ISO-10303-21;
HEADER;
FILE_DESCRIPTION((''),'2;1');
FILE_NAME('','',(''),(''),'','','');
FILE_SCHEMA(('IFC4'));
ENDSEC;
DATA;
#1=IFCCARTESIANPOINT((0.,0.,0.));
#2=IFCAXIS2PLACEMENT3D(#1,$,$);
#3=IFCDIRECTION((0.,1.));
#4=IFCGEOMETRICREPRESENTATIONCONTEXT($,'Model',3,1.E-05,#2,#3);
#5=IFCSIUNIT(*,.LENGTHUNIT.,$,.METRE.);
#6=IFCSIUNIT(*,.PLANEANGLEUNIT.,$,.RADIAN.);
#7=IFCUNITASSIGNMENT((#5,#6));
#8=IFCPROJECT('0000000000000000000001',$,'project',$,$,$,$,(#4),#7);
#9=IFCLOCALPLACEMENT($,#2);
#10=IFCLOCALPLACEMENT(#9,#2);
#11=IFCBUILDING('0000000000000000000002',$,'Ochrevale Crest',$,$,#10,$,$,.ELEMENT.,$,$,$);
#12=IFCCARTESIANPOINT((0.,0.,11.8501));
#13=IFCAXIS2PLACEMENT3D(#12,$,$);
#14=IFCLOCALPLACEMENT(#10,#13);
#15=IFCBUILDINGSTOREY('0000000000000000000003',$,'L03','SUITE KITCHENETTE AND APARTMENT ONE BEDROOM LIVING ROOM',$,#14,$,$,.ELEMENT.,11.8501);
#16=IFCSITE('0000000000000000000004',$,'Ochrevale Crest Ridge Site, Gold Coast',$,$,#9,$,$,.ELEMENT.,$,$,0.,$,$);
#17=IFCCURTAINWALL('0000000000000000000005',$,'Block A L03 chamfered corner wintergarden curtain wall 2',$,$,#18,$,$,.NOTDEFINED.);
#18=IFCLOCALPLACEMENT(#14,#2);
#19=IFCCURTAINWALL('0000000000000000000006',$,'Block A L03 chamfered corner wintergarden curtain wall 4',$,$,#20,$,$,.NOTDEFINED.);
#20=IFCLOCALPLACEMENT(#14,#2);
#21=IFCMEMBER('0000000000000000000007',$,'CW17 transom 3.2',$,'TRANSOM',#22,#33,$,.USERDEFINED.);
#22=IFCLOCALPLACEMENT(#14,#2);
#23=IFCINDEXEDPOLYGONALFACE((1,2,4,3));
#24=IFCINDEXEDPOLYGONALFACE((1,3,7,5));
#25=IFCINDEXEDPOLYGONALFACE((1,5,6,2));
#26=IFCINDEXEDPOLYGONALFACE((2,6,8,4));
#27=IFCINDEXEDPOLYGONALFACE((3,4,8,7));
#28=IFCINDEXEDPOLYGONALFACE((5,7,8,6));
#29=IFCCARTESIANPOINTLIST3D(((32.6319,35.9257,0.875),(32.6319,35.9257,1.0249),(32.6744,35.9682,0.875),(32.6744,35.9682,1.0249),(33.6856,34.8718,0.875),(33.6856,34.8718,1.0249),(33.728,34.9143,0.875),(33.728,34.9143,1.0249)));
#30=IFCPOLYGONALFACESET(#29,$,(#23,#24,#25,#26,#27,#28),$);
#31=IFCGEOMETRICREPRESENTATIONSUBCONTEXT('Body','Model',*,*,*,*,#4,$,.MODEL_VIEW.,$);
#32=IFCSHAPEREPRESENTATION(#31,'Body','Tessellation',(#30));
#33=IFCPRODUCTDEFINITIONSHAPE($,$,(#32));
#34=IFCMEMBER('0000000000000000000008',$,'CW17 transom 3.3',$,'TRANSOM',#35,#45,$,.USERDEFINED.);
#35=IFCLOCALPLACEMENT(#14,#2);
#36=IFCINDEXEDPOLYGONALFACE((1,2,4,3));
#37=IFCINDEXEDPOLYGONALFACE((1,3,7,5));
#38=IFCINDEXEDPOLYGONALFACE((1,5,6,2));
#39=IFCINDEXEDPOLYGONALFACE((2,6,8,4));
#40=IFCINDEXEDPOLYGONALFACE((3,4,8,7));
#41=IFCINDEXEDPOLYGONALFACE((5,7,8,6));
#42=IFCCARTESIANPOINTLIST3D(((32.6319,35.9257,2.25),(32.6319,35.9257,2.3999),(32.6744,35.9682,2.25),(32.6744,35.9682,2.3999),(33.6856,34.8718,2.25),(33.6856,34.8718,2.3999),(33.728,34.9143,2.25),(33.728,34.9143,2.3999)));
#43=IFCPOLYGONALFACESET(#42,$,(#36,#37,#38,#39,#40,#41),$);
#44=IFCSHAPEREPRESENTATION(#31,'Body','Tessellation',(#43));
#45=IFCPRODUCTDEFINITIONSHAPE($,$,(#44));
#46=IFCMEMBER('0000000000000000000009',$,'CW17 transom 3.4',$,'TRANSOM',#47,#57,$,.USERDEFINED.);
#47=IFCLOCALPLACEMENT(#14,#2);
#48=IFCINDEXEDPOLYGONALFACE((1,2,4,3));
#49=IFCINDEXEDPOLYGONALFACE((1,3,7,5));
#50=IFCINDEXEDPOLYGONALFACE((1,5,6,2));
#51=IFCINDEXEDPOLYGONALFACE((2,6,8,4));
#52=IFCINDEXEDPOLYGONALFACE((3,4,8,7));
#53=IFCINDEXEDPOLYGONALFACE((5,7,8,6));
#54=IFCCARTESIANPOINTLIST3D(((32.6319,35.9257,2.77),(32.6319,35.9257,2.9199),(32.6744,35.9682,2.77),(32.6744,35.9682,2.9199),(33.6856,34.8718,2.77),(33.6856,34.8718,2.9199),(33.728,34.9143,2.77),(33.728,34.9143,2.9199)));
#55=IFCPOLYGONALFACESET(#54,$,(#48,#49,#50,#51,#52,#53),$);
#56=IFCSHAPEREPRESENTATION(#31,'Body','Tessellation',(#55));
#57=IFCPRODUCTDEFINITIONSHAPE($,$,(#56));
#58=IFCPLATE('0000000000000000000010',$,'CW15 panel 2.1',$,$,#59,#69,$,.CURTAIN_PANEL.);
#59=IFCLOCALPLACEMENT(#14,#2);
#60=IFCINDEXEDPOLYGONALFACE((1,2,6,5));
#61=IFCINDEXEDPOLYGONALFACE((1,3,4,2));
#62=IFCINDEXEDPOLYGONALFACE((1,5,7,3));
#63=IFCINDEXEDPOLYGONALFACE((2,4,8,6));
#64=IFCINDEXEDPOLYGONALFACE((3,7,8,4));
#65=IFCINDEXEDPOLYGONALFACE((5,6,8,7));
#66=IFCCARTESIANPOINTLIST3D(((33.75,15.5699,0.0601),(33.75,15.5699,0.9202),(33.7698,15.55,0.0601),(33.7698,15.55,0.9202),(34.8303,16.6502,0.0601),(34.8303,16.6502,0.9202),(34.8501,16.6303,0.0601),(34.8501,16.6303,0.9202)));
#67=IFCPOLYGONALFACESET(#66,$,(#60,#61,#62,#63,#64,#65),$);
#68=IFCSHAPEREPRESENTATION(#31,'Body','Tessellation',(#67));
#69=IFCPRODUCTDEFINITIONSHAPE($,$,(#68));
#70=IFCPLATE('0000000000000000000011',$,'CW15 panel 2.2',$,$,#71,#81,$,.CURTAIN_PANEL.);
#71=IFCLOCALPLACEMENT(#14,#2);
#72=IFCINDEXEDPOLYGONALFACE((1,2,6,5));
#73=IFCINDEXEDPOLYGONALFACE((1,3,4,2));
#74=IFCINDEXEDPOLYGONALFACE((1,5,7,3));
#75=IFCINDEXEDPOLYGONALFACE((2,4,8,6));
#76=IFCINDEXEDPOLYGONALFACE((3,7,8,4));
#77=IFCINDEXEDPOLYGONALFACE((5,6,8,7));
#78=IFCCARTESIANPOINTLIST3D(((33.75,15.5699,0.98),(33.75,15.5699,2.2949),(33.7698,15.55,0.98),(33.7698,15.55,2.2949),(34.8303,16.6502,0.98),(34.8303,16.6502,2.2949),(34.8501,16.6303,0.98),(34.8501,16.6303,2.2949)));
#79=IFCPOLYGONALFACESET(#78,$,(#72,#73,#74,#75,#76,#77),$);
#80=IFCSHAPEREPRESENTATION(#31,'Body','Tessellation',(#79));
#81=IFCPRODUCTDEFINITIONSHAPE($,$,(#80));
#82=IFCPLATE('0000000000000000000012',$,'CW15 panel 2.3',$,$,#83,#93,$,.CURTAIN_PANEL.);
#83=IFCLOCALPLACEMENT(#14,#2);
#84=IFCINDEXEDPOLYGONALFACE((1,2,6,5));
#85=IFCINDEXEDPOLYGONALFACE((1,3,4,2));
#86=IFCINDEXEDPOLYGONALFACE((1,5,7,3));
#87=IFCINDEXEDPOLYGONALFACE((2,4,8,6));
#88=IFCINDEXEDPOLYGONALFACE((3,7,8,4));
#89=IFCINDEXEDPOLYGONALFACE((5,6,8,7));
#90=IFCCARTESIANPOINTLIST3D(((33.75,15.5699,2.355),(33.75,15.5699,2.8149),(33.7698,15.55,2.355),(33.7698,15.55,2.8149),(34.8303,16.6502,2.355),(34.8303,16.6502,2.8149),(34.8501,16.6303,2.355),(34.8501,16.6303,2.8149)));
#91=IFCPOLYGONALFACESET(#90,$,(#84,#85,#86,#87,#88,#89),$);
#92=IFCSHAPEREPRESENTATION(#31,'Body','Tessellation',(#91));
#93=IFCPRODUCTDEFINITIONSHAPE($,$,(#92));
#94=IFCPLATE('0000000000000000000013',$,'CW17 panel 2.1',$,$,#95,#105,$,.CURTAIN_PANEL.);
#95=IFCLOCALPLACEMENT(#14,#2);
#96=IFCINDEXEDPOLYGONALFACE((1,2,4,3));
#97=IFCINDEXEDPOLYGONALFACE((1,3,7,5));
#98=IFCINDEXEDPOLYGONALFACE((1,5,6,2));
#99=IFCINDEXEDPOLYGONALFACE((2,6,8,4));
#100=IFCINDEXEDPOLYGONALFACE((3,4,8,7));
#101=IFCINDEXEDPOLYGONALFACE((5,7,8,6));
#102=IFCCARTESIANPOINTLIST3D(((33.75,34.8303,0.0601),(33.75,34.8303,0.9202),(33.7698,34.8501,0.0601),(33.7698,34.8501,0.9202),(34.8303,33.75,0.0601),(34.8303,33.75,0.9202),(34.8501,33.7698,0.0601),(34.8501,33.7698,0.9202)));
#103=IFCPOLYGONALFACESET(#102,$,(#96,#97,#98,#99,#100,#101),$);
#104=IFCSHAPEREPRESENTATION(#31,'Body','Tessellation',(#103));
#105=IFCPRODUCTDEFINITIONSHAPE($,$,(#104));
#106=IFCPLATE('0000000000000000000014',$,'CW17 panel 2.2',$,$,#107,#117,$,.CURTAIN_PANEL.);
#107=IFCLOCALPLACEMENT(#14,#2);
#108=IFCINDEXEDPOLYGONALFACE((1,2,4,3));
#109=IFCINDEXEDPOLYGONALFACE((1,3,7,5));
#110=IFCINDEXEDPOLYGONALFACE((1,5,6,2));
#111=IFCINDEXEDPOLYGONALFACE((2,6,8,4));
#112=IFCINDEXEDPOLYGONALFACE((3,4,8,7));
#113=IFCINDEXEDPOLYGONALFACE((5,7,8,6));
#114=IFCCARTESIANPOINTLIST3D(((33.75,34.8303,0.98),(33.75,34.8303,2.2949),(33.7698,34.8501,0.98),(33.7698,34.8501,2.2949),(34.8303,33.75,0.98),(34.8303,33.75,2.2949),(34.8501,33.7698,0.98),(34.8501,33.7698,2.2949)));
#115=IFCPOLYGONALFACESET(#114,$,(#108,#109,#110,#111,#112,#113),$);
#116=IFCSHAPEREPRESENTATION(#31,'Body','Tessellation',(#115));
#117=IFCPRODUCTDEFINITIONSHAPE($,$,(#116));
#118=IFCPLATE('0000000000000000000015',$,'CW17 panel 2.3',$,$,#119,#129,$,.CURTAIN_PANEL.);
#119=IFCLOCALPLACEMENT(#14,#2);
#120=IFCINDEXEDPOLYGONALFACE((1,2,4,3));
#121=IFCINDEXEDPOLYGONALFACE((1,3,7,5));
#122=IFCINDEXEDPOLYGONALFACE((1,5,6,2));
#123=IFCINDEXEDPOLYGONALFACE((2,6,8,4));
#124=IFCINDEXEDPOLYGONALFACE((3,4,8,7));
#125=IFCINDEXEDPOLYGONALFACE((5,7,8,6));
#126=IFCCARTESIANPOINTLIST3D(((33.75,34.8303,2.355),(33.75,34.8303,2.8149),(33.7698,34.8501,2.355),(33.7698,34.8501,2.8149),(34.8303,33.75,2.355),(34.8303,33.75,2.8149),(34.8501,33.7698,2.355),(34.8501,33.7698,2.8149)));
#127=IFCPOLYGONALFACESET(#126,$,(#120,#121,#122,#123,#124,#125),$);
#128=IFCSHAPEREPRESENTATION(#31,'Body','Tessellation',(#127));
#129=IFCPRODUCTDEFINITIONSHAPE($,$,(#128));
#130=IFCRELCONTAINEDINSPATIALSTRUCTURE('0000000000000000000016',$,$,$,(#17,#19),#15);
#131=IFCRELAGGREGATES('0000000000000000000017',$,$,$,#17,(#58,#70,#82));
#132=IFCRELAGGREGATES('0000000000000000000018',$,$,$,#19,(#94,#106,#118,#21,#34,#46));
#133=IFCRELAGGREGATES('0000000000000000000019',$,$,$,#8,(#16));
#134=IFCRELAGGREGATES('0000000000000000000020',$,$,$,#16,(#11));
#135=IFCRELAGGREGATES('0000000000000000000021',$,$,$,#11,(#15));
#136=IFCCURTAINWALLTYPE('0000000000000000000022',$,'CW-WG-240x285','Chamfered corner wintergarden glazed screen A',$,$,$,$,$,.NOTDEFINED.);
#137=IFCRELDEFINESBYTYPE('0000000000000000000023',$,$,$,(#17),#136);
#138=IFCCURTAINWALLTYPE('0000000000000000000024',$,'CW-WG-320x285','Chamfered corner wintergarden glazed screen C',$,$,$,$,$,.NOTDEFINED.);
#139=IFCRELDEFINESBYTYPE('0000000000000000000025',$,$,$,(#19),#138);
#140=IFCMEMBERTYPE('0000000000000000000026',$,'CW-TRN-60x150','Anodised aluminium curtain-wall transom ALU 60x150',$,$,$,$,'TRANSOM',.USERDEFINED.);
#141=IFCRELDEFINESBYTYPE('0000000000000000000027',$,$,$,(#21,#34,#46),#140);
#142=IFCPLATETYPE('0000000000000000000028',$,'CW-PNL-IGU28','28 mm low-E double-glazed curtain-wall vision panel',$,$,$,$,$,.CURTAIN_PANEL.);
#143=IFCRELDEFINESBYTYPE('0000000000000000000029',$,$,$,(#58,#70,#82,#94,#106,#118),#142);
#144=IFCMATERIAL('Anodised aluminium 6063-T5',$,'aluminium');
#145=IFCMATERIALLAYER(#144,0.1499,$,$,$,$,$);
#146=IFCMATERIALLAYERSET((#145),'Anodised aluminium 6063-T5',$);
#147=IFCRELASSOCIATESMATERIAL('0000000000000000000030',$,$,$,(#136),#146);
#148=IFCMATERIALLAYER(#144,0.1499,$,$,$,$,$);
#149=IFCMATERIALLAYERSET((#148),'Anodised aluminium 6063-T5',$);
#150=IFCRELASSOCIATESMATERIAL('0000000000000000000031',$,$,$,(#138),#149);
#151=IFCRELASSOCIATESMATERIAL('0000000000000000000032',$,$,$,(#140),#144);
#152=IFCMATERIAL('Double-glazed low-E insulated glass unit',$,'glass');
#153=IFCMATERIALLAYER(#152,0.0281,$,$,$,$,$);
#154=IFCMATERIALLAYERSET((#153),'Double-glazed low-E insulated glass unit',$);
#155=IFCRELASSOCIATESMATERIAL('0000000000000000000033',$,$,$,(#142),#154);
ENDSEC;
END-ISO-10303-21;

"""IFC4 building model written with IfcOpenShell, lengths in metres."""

from ifc_helpers import new_model, si_unit, direction, frame, origin, origin_2d, place, context, subcontext, project, spatial, rectangle, extrude, material, layer, layer_set, material_profile, profile_set, type_object, element, aggregate, save


model = new_model("IFC4")

# Units and contexts
model_context = context("Model", 3, precision=1e-05, world=origin(), true_north=direction((0.0, 1.0)))
body_context = subcontext(model_context, "Body", "Model", "MODEL_VIEW")
ifc_project = project(units=[si_unit("LENGTHUNIT", "METRE"), si_unit("PLANEANGLEUNIT", "RADIAN")], contexts=[model_context])

# Site, building, storey
site_placement = place(None, origin())
site = spatial("IfcSite", under=ifc_project, at=site_placement, Name="Ochrevale Crest Ridge Site, Gold Coast", CompositionType="ELEMENT", RefElevation=0.0)
building_placement = place(site_placement, origin())
building = spatial("IfcBuilding", under=site, at=building_placement, Name="Ochrevale Crest", CompositionType="ELEMENT")
storey_placement = place(building_placement, frame((0.0, 0.0, 11.8501)))
storey = spatial("IfcBuildingStorey", under=building, at=storey_placement, Name="L03", Description="SUITE KITCHENETTE AND APARTMENT ONE BEDROOM LIVING ROOM", CompositionType="ELEMENT", Elevation=11.8501)

# Curtain walls
ifc_material_1 = material(Name="Anodised aluminium 6063-T5", Category="aluminium")
ifc_layer_1 = layer(ifc_material_1, 0.1499)
ifc_layer_set_1 = layer_set([ifc_layer_1], Name="Anodised aluminium 6063-T5")
curtain_wall_type_1 = type_object("IfcCurtainWallType", Name="CW-WG-240x285", Description="Chamfered corner wintergarden glazed screen A", PredefinedType="NOTDEFINED", material=ifc_layer_set_1)
curtain_wall_1_placement = place(storey_placement, origin())
curtain_wall_1 = element("IfcCurtainWall", 1, at=curtain_wall_1_placement, inside=storey, type_object=curtain_wall_type_1, Name="Block A L03 chamfered corner wintergarden curtain wall 2", PredefinedType="NOTDEFINED")
ifc_layer_2 = layer(ifc_material_1, 0.1499)
ifc_layer_set_2 = layer_set([ifc_layer_2], Name="Anodised aluminium 6063-T5")
curtain_wall_type_2 = type_object("IfcCurtainWallType", Name="CW-WG-320x285", Description="Chamfered corner wintergarden glazed screen C", PredefinedType="NOTDEFINED", material=ifc_layer_set_2)
curtain_wall_2_placement = place(storey_placement, origin())
curtain_wall_2 = element("IfcCurtainWall", 2, at=curtain_wall_2_placement, inside=storey, type_object=curtain_wall_type_2, Name="Block A L03 chamfered corner wintergarden curtain wall 4", PredefinedType="NOTDEFINED")

# Members
ifc_material_profile_1 = material_profile(ifc_material_1, rectangle(XDim=0.0601, YDim=0.1499, at=origin_2d()), Name="ALU 60x150")
ifc_profile_set_1 = profile_set([ifc_material_profile_1], Name="Anodised aluminium 6063-T5")
member_type_1 = type_object("IfcMemberType", Name="CW-TRN-60x150", Description="Anodised aluminium curtain-wall transom ALU 60x150", ElementType="TRANSOM", PredefinedType="USERDEFINED", material=ifc_profile_set_1)
member_1_placement = place(storey_placement, frame((33.7068, 34.8931, 0.95), z_axis=(-0.707025, 0.707189, 0.0), x_axis=(-0.707189, -0.707025, 0.0)))
member_1 = element("IfcMember", 3, at=member_1_placement, type_object=member_type_1, Name="CW17 transom 3.2", ObjectType="TRANSOM", PredefinedType="USERDEFINED", context=body_context, shape_type="SweptSolid", body=[
    extrude(rectangle(XDim=0.0601, YDim=0.1499, at=origin_2d()), origin(), (0.0, 0.0, 1.0), 1.4902),
])
member_2_placement = place(storey_placement, frame((33.7068, 34.8931, 2.325), z_axis=(-0.707025, 0.707189, 0.0), x_axis=(-0.707189, -0.707025, 0.0)))
member_2 = element("IfcMember", 4, at=member_2_placement, type_object=member_type_1, Name="CW17 transom 3.3", ObjectType="TRANSOM", PredefinedType="USERDEFINED", context=body_context, shape_type="SweptSolid", body=[
    extrude(rectangle(XDim=0.0601, YDim=0.1499, at=origin_2d()), origin(), (0.0, 0.0, 1.0), 1.4902),
])
member_3_placement = place(storey_placement, frame((33.7068, 34.8931, 2.845), z_axis=(-0.707025, 0.707189, 0.0), x_axis=(-0.707189, -0.707025, 0.0)))
member_3 = element("IfcMember", 5, at=member_3_placement, type_object=member_type_1, Name="CW17 transom 3.4", ObjectType="TRANSOM", PredefinedType="USERDEFINED", context=body_context, shape_type="SweptSolid", body=[
    extrude(rectangle(XDim=0.0601, YDim=0.1499, at=origin_2d()), origin(), (0.0, 0.0, 1.0), 1.4902),
])

# Plates
ifc_material_2 = material(Name="Double-glazed low-E insulated glass unit", Category="glass")
ifc_layer_3 = layer(ifc_material_2, 0.0281)
ifc_layer_set_3 = layer_set([ifc_layer_3], Name="Double-glazed low-E insulated glass unit")
plate_type = type_object("IfcPlateType", Name="CW-PNL-IGU28", Description="28 mm low-E double-glazed curtain-wall vision panel", PredefinedType="CURTAIN_PANEL", material=ifc_layer_set_3)
plate_1_placement = place(storey_placement, frame((34.3, 16.1001, 0.0601), z_axis=(0.0, 0.0, 1.0), x_axis=(0.707107, 0.707107, 0.0)))
plate_1 = element("IfcPlate", 6, at=plate_1_placement, type_object=plate_type, Name="CW15 panel 2.1", PredefinedType="CURTAIN_PANEL", context=body_context, shape_type="SweptSolid", body=[
    extrude(rectangle(XDim=1.5278, YDim=0.0281, at=origin_2d()), origin(), (0.0, 0.0, 1.0), 0.8601),
])
plate_2_placement = place(storey_placement, frame((34.3, 16.1001, 0.98), z_axis=(0.0, 0.0, 1.0), x_axis=(0.707107, 0.707107, 0.0)))
plate_2 = element("IfcPlate", 7, at=plate_2_placement, type_object=plate_type, Name="CW15 panel 2.2", PredefinedType="CURTAIN_PANEL", context=body_context, shape_type="SweptSolid", body=[
    extrude(rectangle(XDim=1.5278, YDim=0.0281, at=origin_2d()), origin(), (0.0, 0.0, 1.0), 1.3149),
])
plate_3_placement = place(storey_placement, frame((34.3, 16.1001, 2.355), z_axis=(0.0, 0.0, 1.0), x_axis=(0.707107, 0.707107, 0.0)))
plate_3 = element("IfcPlate", 8, at=plate_3_placement, type_object=plate_type, Name="CW15 panel 2.3", PredefinedType="CURTAIN_PANEL", context=body_context, shape_type="SweptSolid", body=[
    extrude(rectangle(XDim=1.5278, YDim=0.0281, at=origin_2d()), origin(), (0.0, 0.0, 1.0), 0.46),
])
aggregate(curtain_wall_1, [plate_1, plate_2, plate_3])
plate_4_placement = place(storey_placement, frame((34.3, 34.3, 0.0601), z_axis=(0.0, 0.0, 1.0), x_axis=(-0.707107, 0.707107, 0.0)))
plate_4 = element("IfcPlate", 9, at=plate_4_placement, type_object=plate_type, Name="CW17 panel 2.1", PredefinedType="CURTAIN_PANEL", context=body_context, shape_type="SweptSolid", body=[
    extrude(rectangle(XDim=1.5278, YDim=0.0281, at=origin_2d()), origin(), (0.0, 0.0, 1.0), 0.8601),
])
plate_5_placement = place(storey_placement, frame((34.3, 34.3, 0.98), z_axis=(0.0, 0.0, 1.0), x_axis=(-0.707107, 0.707107, 0.0)))
plate_5 = element("IfcPlate", 10, at=plate_5_placement, type_object=plate_type, Name="CW17 panel 2.2", PredefinedType="CURTAIN_PANEL", context=body_context, shape_type="SweptSolid", body=[
    extrude(rectangle(XDim=1.5278, YDim=0.0281, at=origin_2d()), origin(), (0.0, 0.0, 1.0), 1.3149),
])
plate_6_placement = place(storey_placement, frame((34.3, 34.3, 2.355), z_axis=(0.0, 0.0, 1.0), x_axis=(-0.707107, 0.707107, 0.0)))
plate_6 = element("IfcPlate", 11, at=plate_6_placement, type_object=plate_type, Name="CW17 panel 2.3", PredefinedType="CURTAIN_PANEL", context=body_context, shape_type="SweptSolid", body=[
    extrude(rectangle(XDim=1.5278, YDim=0.0281, at=origin_2d()), origin(), (0.0, 0.0, 1.0), 0.46),
])
aggregate(curtain_wall_2, [plate_4, plate_5, plate_6, member_1, member_2, member_3])

save(model, "model.ifc")
